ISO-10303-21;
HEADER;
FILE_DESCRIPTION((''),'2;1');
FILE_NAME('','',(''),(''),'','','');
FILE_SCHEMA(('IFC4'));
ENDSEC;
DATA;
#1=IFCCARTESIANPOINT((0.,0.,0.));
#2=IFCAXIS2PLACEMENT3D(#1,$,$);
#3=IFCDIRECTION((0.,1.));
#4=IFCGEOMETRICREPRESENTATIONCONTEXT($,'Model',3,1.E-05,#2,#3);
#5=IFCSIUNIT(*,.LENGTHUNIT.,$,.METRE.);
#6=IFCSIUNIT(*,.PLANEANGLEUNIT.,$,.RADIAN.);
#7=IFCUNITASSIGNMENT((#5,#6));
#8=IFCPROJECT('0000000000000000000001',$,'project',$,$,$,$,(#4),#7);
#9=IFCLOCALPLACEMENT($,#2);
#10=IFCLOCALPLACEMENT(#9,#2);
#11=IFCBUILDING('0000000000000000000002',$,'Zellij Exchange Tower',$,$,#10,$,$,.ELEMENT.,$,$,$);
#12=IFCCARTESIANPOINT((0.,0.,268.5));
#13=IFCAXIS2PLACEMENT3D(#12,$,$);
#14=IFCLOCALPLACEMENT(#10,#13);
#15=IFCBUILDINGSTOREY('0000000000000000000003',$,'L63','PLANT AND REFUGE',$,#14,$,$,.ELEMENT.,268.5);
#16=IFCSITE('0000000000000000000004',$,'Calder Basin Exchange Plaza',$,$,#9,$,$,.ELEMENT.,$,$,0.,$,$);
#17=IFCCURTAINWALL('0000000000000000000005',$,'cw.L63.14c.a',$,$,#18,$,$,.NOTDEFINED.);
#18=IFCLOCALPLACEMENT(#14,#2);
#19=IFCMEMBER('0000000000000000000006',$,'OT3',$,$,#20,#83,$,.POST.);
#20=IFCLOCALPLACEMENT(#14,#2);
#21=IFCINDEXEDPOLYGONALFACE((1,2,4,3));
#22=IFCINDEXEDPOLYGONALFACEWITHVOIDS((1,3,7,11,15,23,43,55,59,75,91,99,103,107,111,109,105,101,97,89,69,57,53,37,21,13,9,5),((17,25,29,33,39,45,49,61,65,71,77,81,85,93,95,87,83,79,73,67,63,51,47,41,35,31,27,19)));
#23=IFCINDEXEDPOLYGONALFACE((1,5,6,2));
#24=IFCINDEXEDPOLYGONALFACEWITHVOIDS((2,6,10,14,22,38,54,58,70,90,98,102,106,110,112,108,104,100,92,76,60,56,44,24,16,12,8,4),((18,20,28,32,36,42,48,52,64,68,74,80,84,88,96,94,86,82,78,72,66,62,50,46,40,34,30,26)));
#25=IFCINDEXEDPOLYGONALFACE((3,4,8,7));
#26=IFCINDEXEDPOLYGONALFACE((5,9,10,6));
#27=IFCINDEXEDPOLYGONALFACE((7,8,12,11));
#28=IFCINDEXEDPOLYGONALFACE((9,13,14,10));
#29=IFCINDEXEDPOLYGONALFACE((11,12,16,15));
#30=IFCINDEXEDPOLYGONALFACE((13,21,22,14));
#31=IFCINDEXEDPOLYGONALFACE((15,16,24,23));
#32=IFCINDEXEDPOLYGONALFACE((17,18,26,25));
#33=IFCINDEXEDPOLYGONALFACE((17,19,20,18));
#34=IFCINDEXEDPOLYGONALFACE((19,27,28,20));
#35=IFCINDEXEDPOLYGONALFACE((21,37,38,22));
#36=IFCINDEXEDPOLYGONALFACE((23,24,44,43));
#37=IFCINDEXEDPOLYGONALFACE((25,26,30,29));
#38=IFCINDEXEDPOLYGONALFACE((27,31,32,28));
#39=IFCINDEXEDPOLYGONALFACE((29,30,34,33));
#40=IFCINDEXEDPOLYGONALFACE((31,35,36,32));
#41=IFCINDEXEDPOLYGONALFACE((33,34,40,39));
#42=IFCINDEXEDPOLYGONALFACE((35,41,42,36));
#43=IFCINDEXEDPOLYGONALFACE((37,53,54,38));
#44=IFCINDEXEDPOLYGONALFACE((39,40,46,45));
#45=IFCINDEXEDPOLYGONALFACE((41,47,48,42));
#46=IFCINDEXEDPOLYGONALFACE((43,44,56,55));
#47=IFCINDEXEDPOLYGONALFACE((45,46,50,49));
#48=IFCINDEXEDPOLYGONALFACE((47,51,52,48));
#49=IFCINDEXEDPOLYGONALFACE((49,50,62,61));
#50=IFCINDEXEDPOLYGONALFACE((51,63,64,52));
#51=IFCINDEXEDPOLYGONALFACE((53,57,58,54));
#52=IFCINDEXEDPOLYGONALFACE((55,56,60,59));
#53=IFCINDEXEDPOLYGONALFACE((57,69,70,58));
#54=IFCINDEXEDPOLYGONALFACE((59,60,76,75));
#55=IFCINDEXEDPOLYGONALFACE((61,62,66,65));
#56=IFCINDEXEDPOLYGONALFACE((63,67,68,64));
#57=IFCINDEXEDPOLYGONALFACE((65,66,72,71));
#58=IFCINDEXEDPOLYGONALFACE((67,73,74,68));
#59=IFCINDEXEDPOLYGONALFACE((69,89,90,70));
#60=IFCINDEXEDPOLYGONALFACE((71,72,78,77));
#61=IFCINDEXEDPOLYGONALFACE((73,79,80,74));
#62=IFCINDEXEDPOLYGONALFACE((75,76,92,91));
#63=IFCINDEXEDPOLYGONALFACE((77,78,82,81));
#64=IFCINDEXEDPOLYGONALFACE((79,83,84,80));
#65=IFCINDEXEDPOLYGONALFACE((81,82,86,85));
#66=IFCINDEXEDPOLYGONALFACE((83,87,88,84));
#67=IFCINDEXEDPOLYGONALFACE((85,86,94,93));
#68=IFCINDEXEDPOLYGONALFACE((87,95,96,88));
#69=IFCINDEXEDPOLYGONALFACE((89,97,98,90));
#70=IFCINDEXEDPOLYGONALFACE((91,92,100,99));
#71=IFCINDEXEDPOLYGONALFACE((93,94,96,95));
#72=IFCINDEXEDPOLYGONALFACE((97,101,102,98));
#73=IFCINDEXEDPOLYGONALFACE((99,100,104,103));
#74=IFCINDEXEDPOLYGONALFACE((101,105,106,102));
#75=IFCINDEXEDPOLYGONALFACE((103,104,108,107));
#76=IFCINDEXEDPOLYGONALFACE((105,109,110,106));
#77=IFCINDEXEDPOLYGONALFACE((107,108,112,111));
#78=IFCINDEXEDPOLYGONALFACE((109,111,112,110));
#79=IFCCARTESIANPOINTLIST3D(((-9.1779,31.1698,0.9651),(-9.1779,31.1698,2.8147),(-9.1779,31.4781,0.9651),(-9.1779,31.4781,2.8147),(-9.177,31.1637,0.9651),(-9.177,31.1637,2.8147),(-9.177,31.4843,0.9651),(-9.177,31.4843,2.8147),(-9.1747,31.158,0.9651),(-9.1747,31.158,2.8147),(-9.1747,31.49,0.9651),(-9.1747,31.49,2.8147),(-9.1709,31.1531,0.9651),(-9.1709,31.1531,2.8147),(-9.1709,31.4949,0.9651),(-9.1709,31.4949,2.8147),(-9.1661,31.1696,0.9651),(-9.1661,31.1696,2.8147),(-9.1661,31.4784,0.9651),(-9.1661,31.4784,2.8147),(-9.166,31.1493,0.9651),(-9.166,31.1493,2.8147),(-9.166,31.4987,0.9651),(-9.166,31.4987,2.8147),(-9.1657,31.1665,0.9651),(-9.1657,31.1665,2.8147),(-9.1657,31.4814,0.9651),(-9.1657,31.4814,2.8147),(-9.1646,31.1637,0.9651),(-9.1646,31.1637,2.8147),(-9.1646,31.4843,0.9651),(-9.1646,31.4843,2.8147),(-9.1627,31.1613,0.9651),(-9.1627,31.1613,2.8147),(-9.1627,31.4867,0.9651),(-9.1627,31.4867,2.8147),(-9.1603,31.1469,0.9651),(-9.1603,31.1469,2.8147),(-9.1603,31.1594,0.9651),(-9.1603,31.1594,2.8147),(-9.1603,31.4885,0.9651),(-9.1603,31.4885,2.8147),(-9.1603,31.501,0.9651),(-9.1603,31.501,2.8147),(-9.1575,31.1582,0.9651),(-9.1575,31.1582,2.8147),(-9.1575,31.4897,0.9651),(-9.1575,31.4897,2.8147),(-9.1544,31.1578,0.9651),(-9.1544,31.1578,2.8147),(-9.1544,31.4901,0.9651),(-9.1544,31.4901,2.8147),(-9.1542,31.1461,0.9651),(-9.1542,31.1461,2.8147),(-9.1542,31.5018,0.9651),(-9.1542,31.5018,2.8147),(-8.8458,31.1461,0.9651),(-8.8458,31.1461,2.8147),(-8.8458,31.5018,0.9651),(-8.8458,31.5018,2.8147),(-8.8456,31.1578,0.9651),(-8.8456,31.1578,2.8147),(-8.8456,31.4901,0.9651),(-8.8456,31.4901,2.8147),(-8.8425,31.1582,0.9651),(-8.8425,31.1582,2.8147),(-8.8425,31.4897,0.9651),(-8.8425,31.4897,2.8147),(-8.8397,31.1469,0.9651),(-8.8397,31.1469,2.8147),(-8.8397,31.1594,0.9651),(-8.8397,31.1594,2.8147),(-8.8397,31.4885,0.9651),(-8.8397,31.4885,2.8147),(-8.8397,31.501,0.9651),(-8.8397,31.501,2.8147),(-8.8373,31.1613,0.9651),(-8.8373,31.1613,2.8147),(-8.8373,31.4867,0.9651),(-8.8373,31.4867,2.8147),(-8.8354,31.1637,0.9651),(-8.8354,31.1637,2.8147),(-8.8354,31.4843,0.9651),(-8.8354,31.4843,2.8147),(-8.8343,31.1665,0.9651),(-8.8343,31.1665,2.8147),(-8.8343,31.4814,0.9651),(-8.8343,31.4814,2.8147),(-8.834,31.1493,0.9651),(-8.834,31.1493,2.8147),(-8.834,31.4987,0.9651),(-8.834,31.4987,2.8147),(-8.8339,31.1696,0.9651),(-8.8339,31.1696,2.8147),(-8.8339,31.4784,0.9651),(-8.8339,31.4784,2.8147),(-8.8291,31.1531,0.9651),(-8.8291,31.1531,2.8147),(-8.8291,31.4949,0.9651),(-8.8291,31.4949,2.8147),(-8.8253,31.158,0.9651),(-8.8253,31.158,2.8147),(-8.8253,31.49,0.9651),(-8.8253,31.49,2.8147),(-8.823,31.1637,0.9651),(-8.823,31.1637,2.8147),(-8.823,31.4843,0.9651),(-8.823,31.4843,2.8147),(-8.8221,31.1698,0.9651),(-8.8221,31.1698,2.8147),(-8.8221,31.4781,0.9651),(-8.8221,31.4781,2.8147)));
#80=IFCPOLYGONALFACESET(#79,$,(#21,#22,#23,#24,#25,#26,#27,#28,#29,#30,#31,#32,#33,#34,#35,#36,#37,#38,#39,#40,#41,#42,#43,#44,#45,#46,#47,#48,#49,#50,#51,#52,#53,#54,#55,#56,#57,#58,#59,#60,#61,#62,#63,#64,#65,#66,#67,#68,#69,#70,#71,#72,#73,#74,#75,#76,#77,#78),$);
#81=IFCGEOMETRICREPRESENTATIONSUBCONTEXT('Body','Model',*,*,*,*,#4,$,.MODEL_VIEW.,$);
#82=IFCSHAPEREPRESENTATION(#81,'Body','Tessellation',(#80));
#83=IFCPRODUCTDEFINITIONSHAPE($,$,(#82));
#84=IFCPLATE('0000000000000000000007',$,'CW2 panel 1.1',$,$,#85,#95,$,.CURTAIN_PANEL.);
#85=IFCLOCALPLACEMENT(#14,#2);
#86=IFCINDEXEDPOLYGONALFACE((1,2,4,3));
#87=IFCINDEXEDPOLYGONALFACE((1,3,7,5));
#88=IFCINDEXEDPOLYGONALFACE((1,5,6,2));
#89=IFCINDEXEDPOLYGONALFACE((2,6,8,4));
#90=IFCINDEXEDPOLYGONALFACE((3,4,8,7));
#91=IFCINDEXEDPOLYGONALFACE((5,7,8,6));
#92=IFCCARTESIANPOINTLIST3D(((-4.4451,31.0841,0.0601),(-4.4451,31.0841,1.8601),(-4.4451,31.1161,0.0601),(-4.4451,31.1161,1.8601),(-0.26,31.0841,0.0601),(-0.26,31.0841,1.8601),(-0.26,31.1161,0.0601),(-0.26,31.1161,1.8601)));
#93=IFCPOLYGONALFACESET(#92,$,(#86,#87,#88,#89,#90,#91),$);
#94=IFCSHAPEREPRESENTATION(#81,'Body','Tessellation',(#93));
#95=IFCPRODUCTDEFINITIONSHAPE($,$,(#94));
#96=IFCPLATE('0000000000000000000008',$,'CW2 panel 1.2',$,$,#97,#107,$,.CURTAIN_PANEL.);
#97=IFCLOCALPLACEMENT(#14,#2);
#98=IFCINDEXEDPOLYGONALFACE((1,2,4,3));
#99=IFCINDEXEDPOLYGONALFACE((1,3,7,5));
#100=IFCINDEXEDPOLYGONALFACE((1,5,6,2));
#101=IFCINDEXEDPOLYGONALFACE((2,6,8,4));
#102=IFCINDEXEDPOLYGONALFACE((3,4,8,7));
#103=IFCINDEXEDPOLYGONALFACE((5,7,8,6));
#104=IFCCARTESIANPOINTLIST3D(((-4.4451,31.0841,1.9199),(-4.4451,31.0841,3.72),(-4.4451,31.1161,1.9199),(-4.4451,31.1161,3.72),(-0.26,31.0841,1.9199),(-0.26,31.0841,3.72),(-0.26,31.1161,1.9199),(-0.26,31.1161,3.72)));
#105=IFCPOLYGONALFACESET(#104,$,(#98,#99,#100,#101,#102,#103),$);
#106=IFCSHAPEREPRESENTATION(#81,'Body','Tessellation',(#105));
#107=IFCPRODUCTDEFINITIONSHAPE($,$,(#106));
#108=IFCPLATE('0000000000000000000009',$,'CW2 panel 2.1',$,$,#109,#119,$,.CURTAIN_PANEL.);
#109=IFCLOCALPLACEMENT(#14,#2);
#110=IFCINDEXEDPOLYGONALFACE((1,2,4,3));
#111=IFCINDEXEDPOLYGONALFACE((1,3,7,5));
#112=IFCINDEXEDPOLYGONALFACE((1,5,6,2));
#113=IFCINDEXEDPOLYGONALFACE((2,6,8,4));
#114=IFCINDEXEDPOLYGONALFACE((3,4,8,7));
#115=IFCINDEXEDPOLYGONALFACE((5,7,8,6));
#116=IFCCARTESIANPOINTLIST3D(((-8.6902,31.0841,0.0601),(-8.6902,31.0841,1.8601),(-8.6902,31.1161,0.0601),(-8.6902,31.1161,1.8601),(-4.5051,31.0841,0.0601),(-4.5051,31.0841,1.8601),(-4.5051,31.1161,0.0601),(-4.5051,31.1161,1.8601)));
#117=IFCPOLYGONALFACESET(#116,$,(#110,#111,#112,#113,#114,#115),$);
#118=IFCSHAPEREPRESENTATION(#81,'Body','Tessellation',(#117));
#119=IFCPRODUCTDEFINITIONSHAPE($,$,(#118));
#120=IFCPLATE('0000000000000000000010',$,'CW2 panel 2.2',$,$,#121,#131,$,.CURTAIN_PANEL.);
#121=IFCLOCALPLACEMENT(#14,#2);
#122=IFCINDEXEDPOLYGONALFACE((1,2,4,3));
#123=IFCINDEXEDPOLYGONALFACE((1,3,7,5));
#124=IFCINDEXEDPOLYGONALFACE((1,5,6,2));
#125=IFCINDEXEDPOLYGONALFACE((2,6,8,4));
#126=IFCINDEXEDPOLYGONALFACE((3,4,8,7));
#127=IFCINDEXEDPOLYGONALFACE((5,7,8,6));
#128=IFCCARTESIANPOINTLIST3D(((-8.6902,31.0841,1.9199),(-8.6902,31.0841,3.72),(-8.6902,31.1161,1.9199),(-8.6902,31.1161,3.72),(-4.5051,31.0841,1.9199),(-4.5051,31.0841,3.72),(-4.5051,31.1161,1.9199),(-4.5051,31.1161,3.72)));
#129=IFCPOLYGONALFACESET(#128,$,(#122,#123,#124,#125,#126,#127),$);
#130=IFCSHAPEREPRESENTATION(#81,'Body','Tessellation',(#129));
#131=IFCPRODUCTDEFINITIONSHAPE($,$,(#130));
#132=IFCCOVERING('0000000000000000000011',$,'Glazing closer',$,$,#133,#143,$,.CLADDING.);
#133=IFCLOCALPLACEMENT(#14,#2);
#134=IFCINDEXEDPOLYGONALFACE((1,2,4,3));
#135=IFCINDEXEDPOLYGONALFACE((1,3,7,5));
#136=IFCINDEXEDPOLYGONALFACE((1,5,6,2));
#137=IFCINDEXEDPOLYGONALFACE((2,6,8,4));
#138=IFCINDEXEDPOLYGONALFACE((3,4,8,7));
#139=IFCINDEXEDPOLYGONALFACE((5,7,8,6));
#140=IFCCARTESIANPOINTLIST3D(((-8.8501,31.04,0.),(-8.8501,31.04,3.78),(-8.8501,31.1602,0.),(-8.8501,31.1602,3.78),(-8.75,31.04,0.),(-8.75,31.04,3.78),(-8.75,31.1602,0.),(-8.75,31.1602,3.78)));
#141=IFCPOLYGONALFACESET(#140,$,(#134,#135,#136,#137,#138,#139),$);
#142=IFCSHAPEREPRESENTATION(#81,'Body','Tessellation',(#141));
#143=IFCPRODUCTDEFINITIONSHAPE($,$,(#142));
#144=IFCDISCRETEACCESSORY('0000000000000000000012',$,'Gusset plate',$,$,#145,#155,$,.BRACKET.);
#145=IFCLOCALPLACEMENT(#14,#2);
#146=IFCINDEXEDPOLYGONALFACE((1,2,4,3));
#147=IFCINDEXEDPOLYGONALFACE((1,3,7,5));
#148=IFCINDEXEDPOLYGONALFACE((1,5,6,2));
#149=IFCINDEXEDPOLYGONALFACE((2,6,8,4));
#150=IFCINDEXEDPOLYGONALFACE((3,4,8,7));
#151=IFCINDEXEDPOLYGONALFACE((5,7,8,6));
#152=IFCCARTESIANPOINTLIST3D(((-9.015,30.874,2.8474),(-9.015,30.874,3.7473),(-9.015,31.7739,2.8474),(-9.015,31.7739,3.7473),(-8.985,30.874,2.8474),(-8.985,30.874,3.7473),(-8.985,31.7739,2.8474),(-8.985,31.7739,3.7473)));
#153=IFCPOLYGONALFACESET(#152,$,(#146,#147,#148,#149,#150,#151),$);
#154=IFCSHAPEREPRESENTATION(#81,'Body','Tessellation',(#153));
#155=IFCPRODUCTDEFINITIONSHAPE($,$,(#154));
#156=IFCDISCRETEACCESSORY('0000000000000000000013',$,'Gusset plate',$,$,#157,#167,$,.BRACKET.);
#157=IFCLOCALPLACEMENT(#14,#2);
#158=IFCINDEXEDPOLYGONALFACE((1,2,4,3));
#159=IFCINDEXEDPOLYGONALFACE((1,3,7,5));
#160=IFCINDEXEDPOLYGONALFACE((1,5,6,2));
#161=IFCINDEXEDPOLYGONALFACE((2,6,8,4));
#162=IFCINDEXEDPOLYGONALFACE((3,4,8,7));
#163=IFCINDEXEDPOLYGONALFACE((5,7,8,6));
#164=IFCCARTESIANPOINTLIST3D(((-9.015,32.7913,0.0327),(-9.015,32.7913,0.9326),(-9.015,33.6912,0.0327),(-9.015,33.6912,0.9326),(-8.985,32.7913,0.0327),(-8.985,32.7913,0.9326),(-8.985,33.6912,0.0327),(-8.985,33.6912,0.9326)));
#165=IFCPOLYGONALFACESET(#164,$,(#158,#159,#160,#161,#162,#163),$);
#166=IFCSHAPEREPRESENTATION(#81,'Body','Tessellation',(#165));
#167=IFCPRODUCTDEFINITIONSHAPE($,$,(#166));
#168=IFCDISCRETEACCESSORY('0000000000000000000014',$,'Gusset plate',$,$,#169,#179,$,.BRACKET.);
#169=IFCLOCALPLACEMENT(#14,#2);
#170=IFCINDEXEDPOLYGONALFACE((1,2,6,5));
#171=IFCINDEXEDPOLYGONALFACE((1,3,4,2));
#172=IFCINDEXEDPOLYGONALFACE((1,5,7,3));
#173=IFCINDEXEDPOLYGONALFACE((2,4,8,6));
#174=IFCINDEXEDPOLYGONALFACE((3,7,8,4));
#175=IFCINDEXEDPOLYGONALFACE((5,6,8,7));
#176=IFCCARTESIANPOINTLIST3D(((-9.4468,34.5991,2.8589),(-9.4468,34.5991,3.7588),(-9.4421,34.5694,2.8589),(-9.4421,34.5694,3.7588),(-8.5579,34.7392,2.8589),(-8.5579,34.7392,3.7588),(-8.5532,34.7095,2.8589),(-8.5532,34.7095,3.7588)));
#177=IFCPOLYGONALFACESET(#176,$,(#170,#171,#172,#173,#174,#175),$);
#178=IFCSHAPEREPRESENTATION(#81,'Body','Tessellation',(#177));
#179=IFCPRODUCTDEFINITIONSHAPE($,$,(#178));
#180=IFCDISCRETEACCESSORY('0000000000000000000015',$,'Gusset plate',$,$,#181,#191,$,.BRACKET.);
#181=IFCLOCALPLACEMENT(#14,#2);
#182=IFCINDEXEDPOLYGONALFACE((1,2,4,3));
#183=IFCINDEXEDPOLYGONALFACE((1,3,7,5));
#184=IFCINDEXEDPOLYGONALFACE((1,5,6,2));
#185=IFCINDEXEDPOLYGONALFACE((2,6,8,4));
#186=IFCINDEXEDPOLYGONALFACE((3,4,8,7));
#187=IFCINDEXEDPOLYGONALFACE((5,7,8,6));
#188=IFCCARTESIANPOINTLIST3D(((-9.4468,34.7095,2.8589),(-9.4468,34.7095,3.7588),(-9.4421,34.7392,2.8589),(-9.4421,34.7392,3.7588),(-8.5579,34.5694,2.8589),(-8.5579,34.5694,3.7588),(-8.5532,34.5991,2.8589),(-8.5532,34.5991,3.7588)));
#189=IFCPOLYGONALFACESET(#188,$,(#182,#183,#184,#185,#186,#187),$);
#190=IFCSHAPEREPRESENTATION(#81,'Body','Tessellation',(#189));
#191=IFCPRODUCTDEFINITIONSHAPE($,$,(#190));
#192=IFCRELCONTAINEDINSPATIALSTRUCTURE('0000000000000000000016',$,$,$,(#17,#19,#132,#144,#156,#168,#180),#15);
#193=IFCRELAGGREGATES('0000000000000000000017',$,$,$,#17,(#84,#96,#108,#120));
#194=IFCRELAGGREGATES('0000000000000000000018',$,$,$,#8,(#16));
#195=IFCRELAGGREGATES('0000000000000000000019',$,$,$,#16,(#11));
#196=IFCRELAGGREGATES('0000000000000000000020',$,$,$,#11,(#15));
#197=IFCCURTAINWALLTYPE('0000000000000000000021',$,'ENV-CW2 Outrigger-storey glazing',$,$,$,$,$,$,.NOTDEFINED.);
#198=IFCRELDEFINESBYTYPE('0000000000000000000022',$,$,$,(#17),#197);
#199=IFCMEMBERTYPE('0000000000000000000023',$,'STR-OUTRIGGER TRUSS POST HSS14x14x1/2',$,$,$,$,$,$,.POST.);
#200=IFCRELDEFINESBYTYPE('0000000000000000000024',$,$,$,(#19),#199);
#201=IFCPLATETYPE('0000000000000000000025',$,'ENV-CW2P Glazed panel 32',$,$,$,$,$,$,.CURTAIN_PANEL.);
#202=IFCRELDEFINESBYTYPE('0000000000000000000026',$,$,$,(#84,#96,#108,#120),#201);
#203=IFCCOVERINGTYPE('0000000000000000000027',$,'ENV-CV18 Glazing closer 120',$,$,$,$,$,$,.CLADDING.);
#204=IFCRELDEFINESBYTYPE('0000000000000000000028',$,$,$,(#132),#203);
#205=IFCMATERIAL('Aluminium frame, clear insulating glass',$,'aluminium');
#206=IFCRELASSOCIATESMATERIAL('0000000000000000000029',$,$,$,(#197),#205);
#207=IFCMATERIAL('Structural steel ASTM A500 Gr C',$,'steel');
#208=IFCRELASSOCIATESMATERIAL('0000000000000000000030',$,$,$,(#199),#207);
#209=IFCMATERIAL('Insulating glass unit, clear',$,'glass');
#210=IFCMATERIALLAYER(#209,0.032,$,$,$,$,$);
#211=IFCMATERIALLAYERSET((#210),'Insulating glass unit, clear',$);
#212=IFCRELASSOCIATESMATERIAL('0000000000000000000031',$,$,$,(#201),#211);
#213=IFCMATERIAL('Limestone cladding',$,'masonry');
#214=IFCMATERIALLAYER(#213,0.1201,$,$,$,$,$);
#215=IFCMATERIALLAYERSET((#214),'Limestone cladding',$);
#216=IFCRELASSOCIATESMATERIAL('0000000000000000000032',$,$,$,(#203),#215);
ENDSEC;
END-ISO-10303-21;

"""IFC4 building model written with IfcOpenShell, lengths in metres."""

from ifc_helpers import new_model, si_unit, direction, frame, origin, origin_2d, place, context, subcontext, project, spatial, rectangle, hollow_rectangle, extrude, material, layer, layer_set, material_profile, profile_set, type_object, element, aggregate, save


model = new_model("IFC4")

# Units and contexts
model_context = context("Model", 3, precision=1e-05, world=origin(), true_north=direction((0.0, 1.0)))
body_context = subcontext(model_context, "Body", "Model", "MODEL_VIEW")
ifc_project = project(units=[si_unit("LENGTHUNIT", "METRE"), si_unit("PLANEANGLEUNIT", "RADIAN")], contexts=[model_context])

# Site, building, storey
site_placement = place(None, origin())
site = spatial("IfcSite", under=ifc_project, at=site_placement, Name="Calder Basin Exchange Plaza", CompositionType="ELEMENT", RefElevation=0.0)
building_placement = place(site_placement, origin())
building = spatial("IfcBuilding", under=site, at=building_placement, Name="Zellij Exchange Tower", CompositionType="ELEMENT")
storey_placement = place(building_placement, frame((0.0, 0.0, 268.5)))
storey = spatial("IfcBuildingStorey", under=building, at=storey_placement, Name="L63", Description="PLANT AND REFUGE", CompositionType="ELEMENT", Elevation=268.5)

# Curtain wall
ifc_material_1 = material(Name="Aluminium frame, clear insulating glass", Category="aluminium")
curtain_wall_type = type_object("IfcCurtainWallType", Name="ENV-CW2 Outrigger-storey glazing", PredefinedType="NOTDEFINED", material=ifc_material_1)
curtain_wall_placement = place(storey_placement, origin())
curtain_wall = element("IfcCurtainWall", 1, at=curtain_wall_placement, inside=storey, type_object=curtain_wall_type, Name="cw.L63.14c.a", PredefinedType="NOTDEFINED")

# Shared definitions
ifc_material_2 = material(Name="Structural steel ASTM A500 Gr C", Category="steel")

# Member
ifc_material_profile_1 = material_profile(ifc_material_2, hollow_rectangle(XDim=0.3557, YDim=0.3557, WallThickness=0.0117, InnerFilletRadius=0.0117, OuterFilletRadius=0.0237, at=origin_2d()), Name="STR-OUTRIGGER TRUSS POST HSS14x14x1/2")
ifc_profile_set_1 = profile_set([ifc_material_profile_1], Name="Structural steel ASTM A500 Gr C")
member_type_1 = type_object("IfcMemberType", Name="STR-OUTRIGGER TRUSS POST HSS14x14x1/2", PredefinedType="POST", material=ifc_profile_set_1)
member_1_placement = place(storey_placement, frame((-9.0, 31.324, 0.9651), z_axis=(0.0, 0.0, 1.0), x_axis=(1.0, 0.0, 0.0)))
element("IfcMember", 2, at=member_1_placement, inside=storey, type_object=member_type_1, Name="OT3", PredefinedType="POST", context=body_context, shape_type="SweptSolid", body=[
    extrude(hollow_rectangle(XDim=0.3557, YDim=0.3557, WallThickness=0.0117, InnerFilletRadius=0.0117, OuterFilletRadius=0.0237, at=origin_2d()), origin(), (0.0, 0.0, 1.0), 1.8496),
])

# Plates
ifc_material_3 = material(Name="Insulating glass unit, clear", Category="glass")
ifc_layer_1 = layer(ifc_material_3, 0.032)
ifc_layer_set_1 = layer_set([ifc_layer_1], Name="Insulating glass unit, clear")
plate_type = type_object("IfcPlateType", Name="ENV-CW2P Glazed panel 32", PredefinedType="CURTAIN_PANEL", material=ifc_layer_set_1)
plate_1_placement = place(storey_placement, frame((-2.3525, 31.1001, 0.0601), z_axis=(0.0, 0.0, 1.0), x_axis=(-1.0, 0.0, 0.0)))
plate_1 = element("IfcPlate", 3, at=plate_1_placement, type_object=plate_type, Name="CW2 panel 1.1", PredefinedType="CURTAIN_PANEL", context=body_context, shape_type="SweptSolid", body=[
    extrude(rectangle(XDim=4.1851, YDim=0.032, at=origin_2d()), origin(), (0.0, 0.0, 1.0), 1.8),
])
plate_2_placement = place(storey_placement, frame((-2.3525, 31.1001, 1.9199), z_axis=(0.0, 0.0, 1.0), x_axis=(-1.0, 0.0, 0.0)))
plate_2 = element("IfcPlate", 4, at=plate_2_placement, type_object=plate_type, Name="CW2 panel 1.2", PredefinedType="CURTAIN_PANEL", context=body_context, shape_type="SweptSolid", body=[
    extrude(rectangle(XDim=4.1851, YDim=0.032, at=origin_2d()), origin(), (0.0, 0.0, 1.0), 1.8),
])
plate_3_placement = place(storey_placement, frame((-6.5977, 31.1001, 0.0601), z_axis=(0.0, 0.0, 1.0), x_axis=(-1.0, 0.0, 0.0)))
plate_3 = element("IfcPlate", 5, at=plate_3_placement, type_object=plate_type, Name="CW2 panel 2.1", PredefinedType="CURTAIN_PANEL", context=body_context, shape_type="SweptSolid", body=[
    extrude(rectangle(XDim=4.1851, YDim=0.032, at=origin_2d()), origin(), (0.0, 0.0, 1.0), 1.8),
])
plate_4_placement = place(storey_placement, frame((-6.5977, 31.1001, 1.9199), z_axis=(0.0, 0.0, 1.0), x_axis=(-1.0, 0.0, 0.0)))
plate_4 = element("IfcPlate", 6, at=plate_4_placement, type_object=plate_type, Name="CW2 panel 2.2", PredefinedType="CURTAIN_PANEL", context=body_context, shape_type="SweptSolid", body=[
    extrude(rectangle(XDim=4.1851, YDim=0.032, at=origin_2d()), origin(), (0.0, 0.0, 1.0), 1.8),
])
aggregate(curtain_wall, [plate_1, plate_2, plate_3, plate_4])

# Covering
ifc_material_4 = material(Name="Limestone cladding", Category="masonry")
ifc_layer_2 = layer(ifc_material_4, 0.1201)
ifc_layer_set_2 = layer_set([ifc_layer_2], Name="Limestone cladding")
covering_type = type_object("IfcCoveringType", Name="ENV-CV18 Glazing closer 120", PredefinedType="CLADDING", material=ifc_layer_set_2)
covering_placement = place(storey_placement, frame((-8.8, 31.1001, 0.0), z_axis=(0.0, 0.0, 1.0), x_axis=(-1.0, 0.0, 0.0)))
element("IfcCovering", 7, at=covering_placement, inside=storey, type_object=covering_type, Name="Glazing closer", PredefinedType="CLADDING", context=body_context, shape_type="SweptSolid", body=[
    extrude(rectangle(XDim=0.1001, YDim=0.1201, at=origin_2d()), origin(), (0.0, 0.0, 1.0), 3.78),
])

# Discrete accessories
for number, where, z_axis, x_axis, name in (
    (8, (-9.0, 31.324, 2.8474), (0.0, 0.0, 1.0), (0.0, 1.0, 0.0), "Gusset plate"),
    (9, (-9.0, 33.2412, 0.0327), (0.0, 0.0, 1.0), (0.0, 1.0, 0.0), "Gusset plate"),
    (10, (-9.0, 34.6543, 2.8589), (0.0, 0.0, 1.0), (0.987801, 0.155721, 0.0), "Gusset plate"),
    (11, (-9.0, 34.6543, 2.8589), (0.0, 0.0, 1.0), (0.987801, -0.155721, 0.0), "Gusset plate"),
):
    element("IfcDiscreteAccessory", number, at=place(storey_placement, frame(where, z_axis=z_axis, x_axis=x_axis)), inside=storey, Name=name, PredefinedType="BRACKET", context=body_context, shape_type="SweptSolid", body=[
        extrude(rectangle(XDim=0.8999, YDim=0.03, at=origin_2d()), origin(), (0.0, 0.0, 1.0), 0.8999),
    ])

save(model, "model.ifc")
